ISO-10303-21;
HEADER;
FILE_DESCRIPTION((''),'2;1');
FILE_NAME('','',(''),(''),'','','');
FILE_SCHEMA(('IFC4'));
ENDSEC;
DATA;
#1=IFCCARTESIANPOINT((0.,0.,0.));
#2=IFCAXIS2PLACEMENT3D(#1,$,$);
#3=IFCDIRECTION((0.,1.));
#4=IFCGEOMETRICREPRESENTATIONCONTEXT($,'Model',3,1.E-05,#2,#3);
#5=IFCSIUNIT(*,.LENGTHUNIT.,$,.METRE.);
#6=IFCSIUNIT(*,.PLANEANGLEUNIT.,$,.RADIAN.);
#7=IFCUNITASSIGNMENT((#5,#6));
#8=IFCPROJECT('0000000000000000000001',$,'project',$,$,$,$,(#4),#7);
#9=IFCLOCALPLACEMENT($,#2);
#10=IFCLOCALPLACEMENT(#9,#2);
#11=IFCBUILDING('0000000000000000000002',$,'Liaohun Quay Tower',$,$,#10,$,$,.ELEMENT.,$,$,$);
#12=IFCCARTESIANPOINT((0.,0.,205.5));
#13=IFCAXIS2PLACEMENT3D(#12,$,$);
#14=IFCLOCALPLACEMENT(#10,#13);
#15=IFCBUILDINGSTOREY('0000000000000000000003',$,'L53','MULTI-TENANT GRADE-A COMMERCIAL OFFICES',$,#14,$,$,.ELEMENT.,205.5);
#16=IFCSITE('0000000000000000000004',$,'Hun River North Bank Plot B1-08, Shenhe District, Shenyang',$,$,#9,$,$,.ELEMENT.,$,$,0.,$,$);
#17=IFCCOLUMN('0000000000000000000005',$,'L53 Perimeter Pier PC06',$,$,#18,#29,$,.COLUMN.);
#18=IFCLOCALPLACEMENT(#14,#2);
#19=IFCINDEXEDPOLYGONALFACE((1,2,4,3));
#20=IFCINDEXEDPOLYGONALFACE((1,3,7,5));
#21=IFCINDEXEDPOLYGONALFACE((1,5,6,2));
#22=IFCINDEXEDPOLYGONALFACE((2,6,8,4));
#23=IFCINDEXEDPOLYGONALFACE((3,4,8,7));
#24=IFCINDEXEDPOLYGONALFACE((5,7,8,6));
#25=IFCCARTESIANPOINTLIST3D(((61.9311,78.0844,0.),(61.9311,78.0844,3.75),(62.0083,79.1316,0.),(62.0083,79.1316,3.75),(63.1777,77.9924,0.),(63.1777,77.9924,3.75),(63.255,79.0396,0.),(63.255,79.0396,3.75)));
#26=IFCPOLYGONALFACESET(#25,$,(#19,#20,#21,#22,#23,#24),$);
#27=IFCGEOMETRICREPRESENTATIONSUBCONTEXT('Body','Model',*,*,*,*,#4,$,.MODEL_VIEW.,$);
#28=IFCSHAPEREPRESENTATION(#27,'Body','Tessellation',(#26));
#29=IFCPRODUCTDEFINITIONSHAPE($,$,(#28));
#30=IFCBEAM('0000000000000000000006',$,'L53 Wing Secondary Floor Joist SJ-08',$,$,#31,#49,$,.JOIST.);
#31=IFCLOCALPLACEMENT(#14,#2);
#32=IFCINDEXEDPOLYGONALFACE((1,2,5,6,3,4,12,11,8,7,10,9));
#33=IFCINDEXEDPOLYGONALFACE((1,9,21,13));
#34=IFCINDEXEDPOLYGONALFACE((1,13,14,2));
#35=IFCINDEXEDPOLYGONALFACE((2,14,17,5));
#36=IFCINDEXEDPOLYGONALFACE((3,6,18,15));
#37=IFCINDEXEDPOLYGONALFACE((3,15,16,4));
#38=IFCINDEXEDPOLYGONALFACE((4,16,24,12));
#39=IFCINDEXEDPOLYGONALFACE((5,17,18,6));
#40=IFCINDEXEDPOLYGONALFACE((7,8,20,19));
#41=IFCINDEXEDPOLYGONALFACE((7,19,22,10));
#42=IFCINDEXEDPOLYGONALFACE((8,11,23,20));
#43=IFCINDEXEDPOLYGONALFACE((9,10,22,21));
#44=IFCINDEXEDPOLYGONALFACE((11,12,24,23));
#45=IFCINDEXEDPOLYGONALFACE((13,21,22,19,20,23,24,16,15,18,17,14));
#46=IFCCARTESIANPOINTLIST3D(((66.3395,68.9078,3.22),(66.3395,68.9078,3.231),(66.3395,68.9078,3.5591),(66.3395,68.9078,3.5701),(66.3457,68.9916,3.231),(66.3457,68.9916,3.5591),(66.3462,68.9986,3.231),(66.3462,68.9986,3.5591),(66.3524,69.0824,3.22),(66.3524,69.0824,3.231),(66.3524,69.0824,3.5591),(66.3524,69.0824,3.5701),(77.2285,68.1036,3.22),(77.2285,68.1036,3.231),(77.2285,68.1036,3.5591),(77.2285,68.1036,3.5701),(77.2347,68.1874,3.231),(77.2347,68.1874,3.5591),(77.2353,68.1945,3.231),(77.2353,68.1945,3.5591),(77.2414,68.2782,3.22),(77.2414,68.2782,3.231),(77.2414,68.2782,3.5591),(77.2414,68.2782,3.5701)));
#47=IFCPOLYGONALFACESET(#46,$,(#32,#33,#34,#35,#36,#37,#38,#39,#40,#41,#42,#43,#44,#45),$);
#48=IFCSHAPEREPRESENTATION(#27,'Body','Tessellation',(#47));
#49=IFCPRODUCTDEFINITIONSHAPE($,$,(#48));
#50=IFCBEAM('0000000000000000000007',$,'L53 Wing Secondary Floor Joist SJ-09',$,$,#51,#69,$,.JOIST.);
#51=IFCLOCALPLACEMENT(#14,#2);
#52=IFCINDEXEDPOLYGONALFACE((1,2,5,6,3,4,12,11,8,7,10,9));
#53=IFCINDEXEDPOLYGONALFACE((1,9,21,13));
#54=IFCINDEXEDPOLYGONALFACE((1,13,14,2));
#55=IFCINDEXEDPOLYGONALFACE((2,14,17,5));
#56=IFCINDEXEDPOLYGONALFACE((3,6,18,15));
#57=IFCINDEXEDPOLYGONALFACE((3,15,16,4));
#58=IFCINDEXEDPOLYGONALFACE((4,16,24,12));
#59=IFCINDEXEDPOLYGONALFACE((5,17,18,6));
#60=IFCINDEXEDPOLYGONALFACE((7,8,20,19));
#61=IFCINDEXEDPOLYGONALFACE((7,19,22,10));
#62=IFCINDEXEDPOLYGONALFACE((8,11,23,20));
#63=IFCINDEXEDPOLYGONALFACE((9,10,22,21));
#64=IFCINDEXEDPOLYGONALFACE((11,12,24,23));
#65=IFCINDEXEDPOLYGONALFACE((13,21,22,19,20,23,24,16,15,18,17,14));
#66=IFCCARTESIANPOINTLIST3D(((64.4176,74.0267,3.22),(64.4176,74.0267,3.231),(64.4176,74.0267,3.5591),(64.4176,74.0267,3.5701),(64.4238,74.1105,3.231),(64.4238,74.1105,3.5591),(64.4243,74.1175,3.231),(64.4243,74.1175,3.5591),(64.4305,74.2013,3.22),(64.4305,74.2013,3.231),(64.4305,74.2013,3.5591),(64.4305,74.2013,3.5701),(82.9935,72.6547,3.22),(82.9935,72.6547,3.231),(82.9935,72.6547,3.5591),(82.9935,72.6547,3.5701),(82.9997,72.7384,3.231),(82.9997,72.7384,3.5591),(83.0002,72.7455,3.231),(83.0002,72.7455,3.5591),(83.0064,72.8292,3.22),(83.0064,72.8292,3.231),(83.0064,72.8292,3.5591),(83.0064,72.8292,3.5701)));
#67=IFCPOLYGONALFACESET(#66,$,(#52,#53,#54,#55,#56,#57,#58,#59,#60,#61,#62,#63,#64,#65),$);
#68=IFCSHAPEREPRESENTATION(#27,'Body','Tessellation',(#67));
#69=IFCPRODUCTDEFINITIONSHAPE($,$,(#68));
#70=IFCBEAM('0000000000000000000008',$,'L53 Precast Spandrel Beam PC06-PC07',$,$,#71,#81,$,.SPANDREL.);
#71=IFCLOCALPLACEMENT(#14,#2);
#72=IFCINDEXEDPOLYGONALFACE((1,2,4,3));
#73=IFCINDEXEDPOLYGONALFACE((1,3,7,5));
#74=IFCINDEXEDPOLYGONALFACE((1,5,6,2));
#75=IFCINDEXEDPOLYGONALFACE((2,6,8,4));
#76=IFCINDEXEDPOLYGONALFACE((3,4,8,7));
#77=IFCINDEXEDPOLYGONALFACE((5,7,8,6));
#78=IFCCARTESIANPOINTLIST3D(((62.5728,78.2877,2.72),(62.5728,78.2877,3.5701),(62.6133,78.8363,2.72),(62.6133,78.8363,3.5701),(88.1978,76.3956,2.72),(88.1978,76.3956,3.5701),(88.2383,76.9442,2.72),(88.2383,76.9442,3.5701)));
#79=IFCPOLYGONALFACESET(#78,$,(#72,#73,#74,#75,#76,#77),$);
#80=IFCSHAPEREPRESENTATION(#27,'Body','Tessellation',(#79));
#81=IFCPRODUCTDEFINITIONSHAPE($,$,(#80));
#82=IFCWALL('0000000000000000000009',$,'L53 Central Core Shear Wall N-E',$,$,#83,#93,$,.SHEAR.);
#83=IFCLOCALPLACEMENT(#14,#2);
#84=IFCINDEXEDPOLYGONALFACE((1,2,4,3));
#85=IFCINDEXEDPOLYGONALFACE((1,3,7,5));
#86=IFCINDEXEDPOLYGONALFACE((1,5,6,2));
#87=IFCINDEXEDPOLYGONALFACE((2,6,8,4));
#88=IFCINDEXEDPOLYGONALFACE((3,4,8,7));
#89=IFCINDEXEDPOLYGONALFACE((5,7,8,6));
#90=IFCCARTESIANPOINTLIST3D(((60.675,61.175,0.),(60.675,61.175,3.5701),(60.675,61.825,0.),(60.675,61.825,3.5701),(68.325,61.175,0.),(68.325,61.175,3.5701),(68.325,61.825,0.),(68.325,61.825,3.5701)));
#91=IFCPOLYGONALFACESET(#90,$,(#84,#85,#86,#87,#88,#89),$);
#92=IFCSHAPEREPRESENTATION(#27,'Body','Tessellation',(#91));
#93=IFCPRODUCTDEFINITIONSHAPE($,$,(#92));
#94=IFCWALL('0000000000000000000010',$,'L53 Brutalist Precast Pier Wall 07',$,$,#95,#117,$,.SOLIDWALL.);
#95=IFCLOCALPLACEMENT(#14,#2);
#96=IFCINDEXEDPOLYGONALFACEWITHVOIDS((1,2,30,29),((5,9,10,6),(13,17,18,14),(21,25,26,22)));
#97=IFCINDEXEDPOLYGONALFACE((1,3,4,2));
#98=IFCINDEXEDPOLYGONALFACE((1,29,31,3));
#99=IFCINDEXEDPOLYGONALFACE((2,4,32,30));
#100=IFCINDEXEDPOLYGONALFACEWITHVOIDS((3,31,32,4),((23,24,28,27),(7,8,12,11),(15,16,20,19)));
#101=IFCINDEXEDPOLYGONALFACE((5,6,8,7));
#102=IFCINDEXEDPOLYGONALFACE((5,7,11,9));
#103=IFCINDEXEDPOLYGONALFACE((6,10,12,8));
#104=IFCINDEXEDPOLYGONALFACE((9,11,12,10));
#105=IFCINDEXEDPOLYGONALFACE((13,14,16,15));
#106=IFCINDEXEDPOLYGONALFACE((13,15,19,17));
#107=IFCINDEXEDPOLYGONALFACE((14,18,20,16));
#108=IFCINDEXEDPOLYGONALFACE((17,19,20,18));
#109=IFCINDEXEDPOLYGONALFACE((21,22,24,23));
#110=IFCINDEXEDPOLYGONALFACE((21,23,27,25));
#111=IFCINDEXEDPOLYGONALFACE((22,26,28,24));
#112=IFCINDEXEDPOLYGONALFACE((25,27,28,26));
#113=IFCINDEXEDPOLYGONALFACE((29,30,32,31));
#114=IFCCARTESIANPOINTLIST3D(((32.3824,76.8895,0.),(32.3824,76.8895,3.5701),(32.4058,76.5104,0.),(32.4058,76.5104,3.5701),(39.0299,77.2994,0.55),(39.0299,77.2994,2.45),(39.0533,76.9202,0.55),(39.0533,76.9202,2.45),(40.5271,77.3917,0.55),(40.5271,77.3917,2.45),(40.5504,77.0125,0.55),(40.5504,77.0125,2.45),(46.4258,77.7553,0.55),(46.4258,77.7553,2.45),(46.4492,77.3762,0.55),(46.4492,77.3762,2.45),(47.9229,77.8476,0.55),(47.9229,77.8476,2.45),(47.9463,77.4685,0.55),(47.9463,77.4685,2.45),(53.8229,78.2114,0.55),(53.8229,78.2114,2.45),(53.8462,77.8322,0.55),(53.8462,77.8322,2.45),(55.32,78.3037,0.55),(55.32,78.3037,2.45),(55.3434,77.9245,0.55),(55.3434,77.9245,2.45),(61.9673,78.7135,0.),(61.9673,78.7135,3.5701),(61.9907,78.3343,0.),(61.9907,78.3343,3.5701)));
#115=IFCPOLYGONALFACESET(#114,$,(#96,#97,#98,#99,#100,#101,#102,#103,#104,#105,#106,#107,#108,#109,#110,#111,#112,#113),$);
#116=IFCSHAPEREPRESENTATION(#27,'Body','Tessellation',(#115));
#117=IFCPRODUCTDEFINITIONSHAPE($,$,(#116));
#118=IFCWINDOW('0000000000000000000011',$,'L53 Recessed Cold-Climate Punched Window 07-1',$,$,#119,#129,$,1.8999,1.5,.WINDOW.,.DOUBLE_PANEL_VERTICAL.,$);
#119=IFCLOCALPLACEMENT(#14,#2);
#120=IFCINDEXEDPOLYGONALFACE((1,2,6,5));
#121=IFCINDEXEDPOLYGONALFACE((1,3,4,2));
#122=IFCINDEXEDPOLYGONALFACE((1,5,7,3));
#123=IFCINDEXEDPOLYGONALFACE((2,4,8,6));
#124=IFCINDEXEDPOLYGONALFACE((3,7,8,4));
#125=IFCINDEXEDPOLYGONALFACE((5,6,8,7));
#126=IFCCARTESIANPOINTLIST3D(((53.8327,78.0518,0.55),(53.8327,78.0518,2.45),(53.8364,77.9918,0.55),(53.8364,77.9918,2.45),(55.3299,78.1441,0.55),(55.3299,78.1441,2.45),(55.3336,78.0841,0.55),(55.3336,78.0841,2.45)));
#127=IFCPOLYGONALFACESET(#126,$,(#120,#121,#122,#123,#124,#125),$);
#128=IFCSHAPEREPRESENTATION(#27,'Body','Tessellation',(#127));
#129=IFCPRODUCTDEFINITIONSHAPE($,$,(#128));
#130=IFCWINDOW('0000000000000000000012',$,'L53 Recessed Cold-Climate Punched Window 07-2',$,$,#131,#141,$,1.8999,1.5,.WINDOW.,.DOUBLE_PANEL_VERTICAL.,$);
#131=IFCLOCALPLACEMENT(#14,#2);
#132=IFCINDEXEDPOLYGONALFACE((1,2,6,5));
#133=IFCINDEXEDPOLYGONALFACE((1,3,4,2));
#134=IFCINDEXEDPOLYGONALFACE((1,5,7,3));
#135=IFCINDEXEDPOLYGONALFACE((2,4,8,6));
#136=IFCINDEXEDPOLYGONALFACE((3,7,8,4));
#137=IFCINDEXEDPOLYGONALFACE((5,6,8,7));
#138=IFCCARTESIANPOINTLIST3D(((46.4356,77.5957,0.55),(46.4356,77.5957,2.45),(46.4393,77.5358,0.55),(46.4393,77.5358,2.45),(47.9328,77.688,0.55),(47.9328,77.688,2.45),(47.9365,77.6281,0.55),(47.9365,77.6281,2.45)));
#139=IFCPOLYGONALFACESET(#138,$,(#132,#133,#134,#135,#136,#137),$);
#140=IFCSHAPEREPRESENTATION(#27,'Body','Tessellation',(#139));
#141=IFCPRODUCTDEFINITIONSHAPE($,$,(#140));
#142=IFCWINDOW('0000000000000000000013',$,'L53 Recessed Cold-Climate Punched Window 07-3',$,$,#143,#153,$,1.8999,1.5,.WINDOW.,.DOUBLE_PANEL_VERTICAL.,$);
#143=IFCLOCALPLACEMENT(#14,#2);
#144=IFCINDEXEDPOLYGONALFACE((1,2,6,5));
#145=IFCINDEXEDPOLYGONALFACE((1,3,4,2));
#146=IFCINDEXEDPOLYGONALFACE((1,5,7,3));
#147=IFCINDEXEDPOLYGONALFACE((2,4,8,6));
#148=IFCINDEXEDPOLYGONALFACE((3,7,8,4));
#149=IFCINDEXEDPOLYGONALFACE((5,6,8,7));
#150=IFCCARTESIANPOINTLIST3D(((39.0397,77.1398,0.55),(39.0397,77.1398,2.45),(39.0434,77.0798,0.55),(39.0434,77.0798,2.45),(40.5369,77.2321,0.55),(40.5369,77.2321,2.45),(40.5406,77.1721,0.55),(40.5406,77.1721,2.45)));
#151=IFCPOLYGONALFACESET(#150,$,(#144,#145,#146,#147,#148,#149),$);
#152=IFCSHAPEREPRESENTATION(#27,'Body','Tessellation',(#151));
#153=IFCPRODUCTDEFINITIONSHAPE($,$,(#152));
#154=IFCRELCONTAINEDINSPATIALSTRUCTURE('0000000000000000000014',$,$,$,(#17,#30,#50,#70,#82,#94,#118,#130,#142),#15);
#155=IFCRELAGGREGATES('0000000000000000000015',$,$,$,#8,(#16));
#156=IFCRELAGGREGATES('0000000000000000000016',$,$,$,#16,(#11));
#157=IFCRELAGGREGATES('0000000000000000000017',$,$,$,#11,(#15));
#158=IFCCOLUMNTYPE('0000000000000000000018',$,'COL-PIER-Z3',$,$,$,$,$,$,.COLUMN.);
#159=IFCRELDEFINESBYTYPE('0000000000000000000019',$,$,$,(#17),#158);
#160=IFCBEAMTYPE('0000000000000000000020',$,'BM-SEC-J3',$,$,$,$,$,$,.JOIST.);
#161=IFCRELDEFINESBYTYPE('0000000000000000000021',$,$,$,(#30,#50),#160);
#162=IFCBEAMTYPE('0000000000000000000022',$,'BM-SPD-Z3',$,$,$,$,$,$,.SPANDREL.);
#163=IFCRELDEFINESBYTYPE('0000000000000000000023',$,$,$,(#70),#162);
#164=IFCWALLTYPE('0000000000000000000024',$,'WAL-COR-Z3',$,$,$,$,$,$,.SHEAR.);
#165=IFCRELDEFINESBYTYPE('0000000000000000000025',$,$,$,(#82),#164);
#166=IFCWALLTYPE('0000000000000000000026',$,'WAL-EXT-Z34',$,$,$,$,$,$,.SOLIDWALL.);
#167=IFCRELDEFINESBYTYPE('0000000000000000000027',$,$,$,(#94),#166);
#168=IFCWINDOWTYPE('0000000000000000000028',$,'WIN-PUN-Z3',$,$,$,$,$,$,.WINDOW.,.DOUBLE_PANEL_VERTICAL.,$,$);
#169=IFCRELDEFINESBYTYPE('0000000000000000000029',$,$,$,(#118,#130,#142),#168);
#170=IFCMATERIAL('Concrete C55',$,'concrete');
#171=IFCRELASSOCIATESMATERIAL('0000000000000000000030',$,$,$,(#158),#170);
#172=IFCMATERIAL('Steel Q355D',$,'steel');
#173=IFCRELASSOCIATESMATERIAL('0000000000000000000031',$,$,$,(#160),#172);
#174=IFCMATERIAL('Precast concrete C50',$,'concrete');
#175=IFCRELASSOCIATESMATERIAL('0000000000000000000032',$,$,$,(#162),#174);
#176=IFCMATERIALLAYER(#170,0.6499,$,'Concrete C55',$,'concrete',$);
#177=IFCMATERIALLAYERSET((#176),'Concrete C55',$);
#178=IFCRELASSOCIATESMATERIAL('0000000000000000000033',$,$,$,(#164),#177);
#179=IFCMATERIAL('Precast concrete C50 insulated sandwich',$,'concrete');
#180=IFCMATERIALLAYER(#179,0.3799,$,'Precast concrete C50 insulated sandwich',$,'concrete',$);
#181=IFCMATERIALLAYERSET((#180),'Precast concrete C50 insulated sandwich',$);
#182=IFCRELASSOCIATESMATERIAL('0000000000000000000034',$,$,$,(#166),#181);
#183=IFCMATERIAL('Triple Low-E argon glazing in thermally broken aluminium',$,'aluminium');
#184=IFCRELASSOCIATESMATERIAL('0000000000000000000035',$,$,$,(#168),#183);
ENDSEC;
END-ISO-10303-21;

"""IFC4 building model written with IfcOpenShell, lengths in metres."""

from ifc_helpers import new_model, si_unit, direction, frame, frame_2d, origin, origin_2d, place, context, subcontext, project, spatial, rectangle, i_section, extrude, source, transform, mapped, material, layer, layer_set, material_profile, profile_set, type_object, element, fill, save


model = new_model("IFC4")

# Units and contexts
model_context = context("Model", 3, precision=1e-05, world=origin(), true_north=direction((0.0, 1.0)))
body_context = subcontext(model_context, "Body", "Model", "MODEL_VIEW")
ifc_project = project(units=[si_unit("LENGTHUNIT", "METRE"), si_unit("PLANEANGLEUNIT", "RADIAN")], contexts=[model_context])

# Site, building, storey
site_placement = place(None, origin())
site = spatial("IfcSite", under=ifc_project, at=site_placement, Name="Hun River North Bank Plot B1-08, Shenhe District, Shenyang", CompositionType="ELEMENT", RefElevation=0.0)
building_placement = place(site_placement, origin())
building = spatial("IfcBuilding", under=site, at=building_placement, Name="Liaohun Quay Tower", CompositionType="ELEMENT")
storey_placement = place(building_placement, frame((0.0, 0.0, 205.5)))
storey = spatial("IfcBuildingStorey", under=building, at=storey_placement, Name="L53", Description="MULTI-TENANT GRADE-A COMMERCIAL OFFICES", CompositionType="ELEMENT", Elevation=205.5)

# Column
ifc_material_1 = material(Name="Concrete C55", Category="concrete")
ifc_material_profile_1 = material_profile(ifc_material_1, rectangle(XDim=1.25, YDim=1.05, at=origin_2d()), Name="RC1250x1050")
ifc_profile_set_1 = profile_set([ifc_material_profile_1], Name="Concrete C55")
column_type = type_object("IfcColumnType", Name="COL-PIER-Z3", PredefinedType="COLUMN", material=ifc_profile_set_1)
shared_shape_1 = source(origin(), body_context, "Body", "SweptSolid", [
    extrude(rectangle(XDim=1.25, YDim=1.05, at=origin_2d()), origin(), (0.0, 0.0, 1.0), 3.75),
])
column_placement = place(storey_placement, frame((62.593, 78.562, 0.0), z_axis=(0.0, 0.0, 1.0), x_axis=(-0.997289, 0.073586, 0.0)))
element("IfcColumn", 1, at=column_placement, inside=storey, type_object=column_type, Name="L53 Perimeter Pier PC06", PredefinedType="COLUMN", context=body_context, shape_type="MappedRepresentation", body=[
    mapped(shared_shape_1, transform((0.0, 0.0, 0.0), x_axis=(1.0, 0.0, 0.0), y_axis=(0.0, 1.0, 0.0), z_axis=(0.0, 0.0, 1.0), scale=1.0)),
])

# Beams
ifc_material_2 = material(Name="Steel Q355D", Category="steel")
ifc_material_profile_2 = material_profile(ifc_material_2, i_section(OverallWidth=0.175, OverallDepth=0.3501, WebThickness=0.0071, FlangeThickness=0.011, at=origin_2d()), Name="HN350x175x7x11")
ifc_profile_set_2 = profile_set([ifc_material_profile_2], Name="Steel Q355D")
beam_type_1 = type_object("IfcBeamType", Name="BM-SEC-J3", PredefinedType="JOIST", material=ifc_profile_set_2)
shared_shape_2 = source(origin(), body_context, "Body", "SweptSolid", [
    extrude(i_section(OverallWidth=0.175, OverallDepth=0.3501, WebThickness=0.0071, FlangeThickness=0.011, at=origin_2d()), origin(), (0.0, 0.0, 1.0), 10.9187),
])
beam_1_placement = place(storey_placement, frame((66.3459, 68.9951, 3.395), z_axis=(0.997284, -0.073653, 0.0), x_axis=(0.073653, 0.997284, 0.0)))
element("IfcBeam", 2, at=beam_1_placement, inside=storey, type_object=beam_type_1, Name="L53 Wing Secondary Floor Joist SJ-08", PredefinedType="JOIST", context=body_context, shape_type="MappedRepresentation", body=[
    mapped(shared_shape_2, transform((0.0, 0.0, 0.0), x_axis=(1.0, 0.0, 0.0), y_axis=(0.0, 1.0, 0.0), z_axis=(0.0, 0.0, 1.0), scale=1.0)),
])
shared_shape_3 = source(origin(), body_context, "Body", "SweptSolid", [
    extrude(i_section(OverallWidth=0.175, OverallDepth=0.3501, WebThickness=0.0071, FlangeThickness=0.011, at=origin_2d()), origin(), (0.0, 0.0, 1.0), 18.6265),
])
beam_2_placement = place(storey_placement, frame((64.4241, 74.114, 3.395), z_axis=(0.997283, -0.073662, 0.0), x_axis=(0.073662, 0.997283, 0.0)))
element("IfcBeam", 3, at=beam_2_placement, inside=storey, type_object=beam_type_1, Name="L53 Wing Secondary Floor Joist SJ-09", PredefinedType="JOIST", context=body_context, shape_type="MappedRepresentation", body=[
    mapped(shared_shape_3, transform((0.0, 0.0, 0.0), x_axis=(1.0, 0.0, 0.0), y_axis=(0.0, 1.0, 0.0), z_axis=(0.0, 0.0, 1.0), scale=1.0)),
])
ifc_material_3 = material(Name="Precast concrete C50", Category="concrete")
ifc_material_profile_3 = material_profile(ifc_material_3, rectangle(XDim=0.55, YDim=0.8501, at=origin_2d()), Name="RC550x850")
ifc_profile_set_3 = profile_set([ifc_material_profile_3], Name="Precast concrete C50")
beam_type_2 = type_object("IfcBeamType", Name="BM-SPD-Z3", PredefinedType="SPANDREL", material=ifc_profile_set_3)
shared_shape_4 = source(origin(), body_context, "Body", "SweptSolid", [
    extrude(rectangle(XDim=0.55, YDim=0.8501, at=origin_2d()), origin(), (0.0, 0.0, 1.0), 25.6948),
])
beam_3_placement = place(storey_placement, frame((62.593, 78.562, 3.145), z_axis=(0.997285, -0.073637, 0.0), x_axis=(0.073637, 0.997285, 0.0)))
element("IfcBeam", 4, at=beam_3_placement, inside=storey, type_object=beam_type_2, Name="L53 Precast Spandrel Beam PC06-PC07", PredefinedType="SPANDREL", context=body_context, shape_type="MappedRepresentation", body=[
    mapped(shared_shape_4, transform((0.0, 0.0, 0.0), x_axis=(1.0, 0.0, 0.0), y_axis=(0.0, 1.0, 0.0), z_axis=(0.0, 0.0, 1.0), scale=1.0)),
])

# Wall
ifc_layer_1 = layer(ifc_material_1, 0.6499, Name="Concrete C55", Category="concrete")
ifc_layer_set_1 = layer_set([ifc_layer_1], Name="Concrete C55")
wall_type_1 = type_object("IfcWallType", Name="WAL-COR-Z3", PredefinedType="SHEAR", material=ifc_layer_set_1)
wall_1_placement = place(storey_placement, frame((60.675, 61.5, 0.0), z_axis=(0.0, 0.0, 1.0), x_axis=(1.0, 0.0, 0.0)))
element("IfcWall", 5, at=wall_1_placement, inside=storey, type_object=wall_type_1, Name="L53 Central Core Shear Wall N-E", PredefinedType="SHEAR", context=body_context, shape_type="SweptSolid", body=[
    extrude(rectangle(XDim=7.6499, YDim=0.6499, at=frame_2d((3.825, 0.0))), origin(), (0.0, 0.0, 1.0), 3.5701),
])

# Wall, openings, windows
ifc_material_4 = material(Name="Precast concrete C50 insulated sandwich", Category="concrete")
ifc_layer_2 = layer(ifc_material_4, 0.3799, Name="Precast concrete C50 insulated sandwich", Category="concrete")
ifc_layer_set_2 = layer_set([ifc_layer_2], Name="Precast concrete C50 insulated sandwich")
wall_type_2 = type_object("IfcWallType", Name="WAL-EXT-Z34", PredefinedType="SOLIDWALL", material=ifc_layer_set_2)
wall_2_placement = place(storey_placement, frame((61.979, 78.5239, 0.0), z_axis=(0.0, 0.0, 1.0), x_axis=(-0.998105, -0.061535, 0.0)))
wall_2 = element("IfcWall", 6, at=wall_2_placement, inside=storey, type_object=wall_type_2, Name="L53 Brutalist Precast Pier Wall 07", PredefinedType="SOLIDWALL", context=body_context, shape_type="SweptSolid", body=[
    extrude(rectangle(XDim=29.6411, YDim=0.3799, at=frame_2d((14.8206, 0.0))), origin(), (0.0, 0.0, 1.0), 3.5701),
])
shared_shape_5 = source(origin(), body_context, "Body", "SweptSolid", [
    extrude(rectangle(XDim=1.5, YDim=1.8999, at=frame_2d((0.75, 0.95))), frame((0.0, 0.2, 0.0), z_axis=(0.0, -1.0, 0.0), x_axis=(1.0, 0.0, 0.0)), (0.0, 0.0, 1.0), 0.3999),
])
opening_1_placement = place(wall_2_placement, frame((6.6599, 0.0, 0.55)))
opening_1 = element("IfcOpeningElement", 7, at=opening_1_placement, cuts=wall_2, PredefinedType="OPENING", context=body_context, shape_type="MappedRepresentation", body=[
    mapped(shared_shape_5, transform((0.0, 0.0, 0.0), x_axis=(1.0, 0.0, 0.0), y_axis=(0.0, 1.0, 0.0), z_axis=(0.0, 0.0, 1.0), scale=1.0)),
])
opening_2_placement = place(wall_2_placement, frame((14.071, 0.0, 0.55)))
opening_2 = element("IfcOpeningElement", 8, at=opening_2_placement, cuts=wall_2, PredefinedType="OPENING", context=body_context, shape_type="MappedRepresentation", body=[
    mapped(shared_shape_5, transform((0.0, 0.0, 0.0), x_axis=(1.0, 0.0, 0.0), y_axis=(0.0, 1.0, 0.0), z_axis=(0.0, 0.0, 1.0), scale=1.0)),
])
opening_3_placement = place(wall_2_placement, frame((21.481, 0.0, 0.55)))
opening_3 = element("IfcOpeningElement", 9, at=opening_3_placement, cuts=wall_2, PredefinedType="OPENING", context=body_context, shape_type="MappedRepresentation", body=[
    mapped(shared_shape_5, transform((0.0, 0.0, 0.0), x_axis=(1.0, 0.0, 0.0), y_axis=(0.0, 1.0, 0.0), z_axis=(0.0, 0.0, 1.0), scale=1.0)),
])
ifc_material_5 = material(Name="Triple Low-E argon glazing in thermally broken aluminium", Category="aluminium")
window_type = type_object("IfcWindowType", Name="WIN-PUN-Z3", PartitioningType="DOUBLE_PANEL_VERTICAL", PredefinedType="WINDOW", material=ifc_material_5)
shared_shape_6 = source(origin(), body_context, "Body", "SweptSolid", [
    extrude(rectangle(XDim=1.5, YDim=1.8999, at=frame_2d((0.75, 0.95))), frame((0.0, 0.03, 0.0), z_axis=(0.0, -1.0, 0.0), x_axis=(1.0, 0.0, 0.0)), (0.0, 0.0, 1.0), 0.0601),
])
window_1_placement = place(opening_1_placement, origin())
window_1 = element("IfcWindow", 10, at=window_1_placement, inside=storey, type_object=window_type, Name="L53 Recessed Cold-Climate Punched Window 07-1", OverallHeight=1.8999, OverallWidth=1.5, PartitioningType="DOUBLE_PANEL_VERTICAL", PredefinedType="WINDOW", context=body_context, shape_type="MappedRepresentation", body=[
    mapped(shared_shape_6, transform((0.0, 0.0, 0.0), x_axis=(1.0, 0.0, 0.0), y_axis=(0.0, 1.0, 0.0), z_axis=(0.0, 0.0, 1.0), scale=1.0)),
])
fill(opening_1, window_1)
window_2_placement = place(opening_2_placement, origin())
window_2 = element("IfcWindow", 11, at=window_2_placement, inside=storey, type_object=window_type, Name="L53 Recessed Cold-Climate Punched Window 07-2", OverallHeight=1.8999, OverallWidth=1.5, PartitioningType="DOUBLE_PANEL_VERTICAL", PredefinedType="WINDOW", context=body_context, shape_type="MappedRepresentation", body=[
    mapped(shared_shape_6, transform((0.0, 0.0, 0.0), x_axis=(1.0, 0.0, 0.0), y_axis=(0.0, 1.0, 0.0), z_axis=(0.0, 0.0, 1.0), scale=1.0)),
])
fill(opening_2, window_2)
window_3_placement = place(opening_3_placement, origin())
window_3 = element("IfcWindow", 12, at=window_3_placement, inside=storey, type_object=window_type, Name="L53 Recessed Cold-Climate Punched Window 07-3", OverallHeight=1.8999, OverallWidth=1.5, PartitioningType="DOUBLE_PANEL_VERTICAL", PredefinedType="WINDOW", context=body_context, shape_type="MappedRepresentation", body=[
    mapped(shared_shape_6, transform((0.0, 0.0, 0.0), x_axis=(1.0, 0.0, 0.0), y_axis=(0.0, 1.0, 0.0), z_axis=(0.0, 0.0, 1.0), scale=1.0)),
])
fill(opening_3, window_3)

save(model, "model.ifc")
